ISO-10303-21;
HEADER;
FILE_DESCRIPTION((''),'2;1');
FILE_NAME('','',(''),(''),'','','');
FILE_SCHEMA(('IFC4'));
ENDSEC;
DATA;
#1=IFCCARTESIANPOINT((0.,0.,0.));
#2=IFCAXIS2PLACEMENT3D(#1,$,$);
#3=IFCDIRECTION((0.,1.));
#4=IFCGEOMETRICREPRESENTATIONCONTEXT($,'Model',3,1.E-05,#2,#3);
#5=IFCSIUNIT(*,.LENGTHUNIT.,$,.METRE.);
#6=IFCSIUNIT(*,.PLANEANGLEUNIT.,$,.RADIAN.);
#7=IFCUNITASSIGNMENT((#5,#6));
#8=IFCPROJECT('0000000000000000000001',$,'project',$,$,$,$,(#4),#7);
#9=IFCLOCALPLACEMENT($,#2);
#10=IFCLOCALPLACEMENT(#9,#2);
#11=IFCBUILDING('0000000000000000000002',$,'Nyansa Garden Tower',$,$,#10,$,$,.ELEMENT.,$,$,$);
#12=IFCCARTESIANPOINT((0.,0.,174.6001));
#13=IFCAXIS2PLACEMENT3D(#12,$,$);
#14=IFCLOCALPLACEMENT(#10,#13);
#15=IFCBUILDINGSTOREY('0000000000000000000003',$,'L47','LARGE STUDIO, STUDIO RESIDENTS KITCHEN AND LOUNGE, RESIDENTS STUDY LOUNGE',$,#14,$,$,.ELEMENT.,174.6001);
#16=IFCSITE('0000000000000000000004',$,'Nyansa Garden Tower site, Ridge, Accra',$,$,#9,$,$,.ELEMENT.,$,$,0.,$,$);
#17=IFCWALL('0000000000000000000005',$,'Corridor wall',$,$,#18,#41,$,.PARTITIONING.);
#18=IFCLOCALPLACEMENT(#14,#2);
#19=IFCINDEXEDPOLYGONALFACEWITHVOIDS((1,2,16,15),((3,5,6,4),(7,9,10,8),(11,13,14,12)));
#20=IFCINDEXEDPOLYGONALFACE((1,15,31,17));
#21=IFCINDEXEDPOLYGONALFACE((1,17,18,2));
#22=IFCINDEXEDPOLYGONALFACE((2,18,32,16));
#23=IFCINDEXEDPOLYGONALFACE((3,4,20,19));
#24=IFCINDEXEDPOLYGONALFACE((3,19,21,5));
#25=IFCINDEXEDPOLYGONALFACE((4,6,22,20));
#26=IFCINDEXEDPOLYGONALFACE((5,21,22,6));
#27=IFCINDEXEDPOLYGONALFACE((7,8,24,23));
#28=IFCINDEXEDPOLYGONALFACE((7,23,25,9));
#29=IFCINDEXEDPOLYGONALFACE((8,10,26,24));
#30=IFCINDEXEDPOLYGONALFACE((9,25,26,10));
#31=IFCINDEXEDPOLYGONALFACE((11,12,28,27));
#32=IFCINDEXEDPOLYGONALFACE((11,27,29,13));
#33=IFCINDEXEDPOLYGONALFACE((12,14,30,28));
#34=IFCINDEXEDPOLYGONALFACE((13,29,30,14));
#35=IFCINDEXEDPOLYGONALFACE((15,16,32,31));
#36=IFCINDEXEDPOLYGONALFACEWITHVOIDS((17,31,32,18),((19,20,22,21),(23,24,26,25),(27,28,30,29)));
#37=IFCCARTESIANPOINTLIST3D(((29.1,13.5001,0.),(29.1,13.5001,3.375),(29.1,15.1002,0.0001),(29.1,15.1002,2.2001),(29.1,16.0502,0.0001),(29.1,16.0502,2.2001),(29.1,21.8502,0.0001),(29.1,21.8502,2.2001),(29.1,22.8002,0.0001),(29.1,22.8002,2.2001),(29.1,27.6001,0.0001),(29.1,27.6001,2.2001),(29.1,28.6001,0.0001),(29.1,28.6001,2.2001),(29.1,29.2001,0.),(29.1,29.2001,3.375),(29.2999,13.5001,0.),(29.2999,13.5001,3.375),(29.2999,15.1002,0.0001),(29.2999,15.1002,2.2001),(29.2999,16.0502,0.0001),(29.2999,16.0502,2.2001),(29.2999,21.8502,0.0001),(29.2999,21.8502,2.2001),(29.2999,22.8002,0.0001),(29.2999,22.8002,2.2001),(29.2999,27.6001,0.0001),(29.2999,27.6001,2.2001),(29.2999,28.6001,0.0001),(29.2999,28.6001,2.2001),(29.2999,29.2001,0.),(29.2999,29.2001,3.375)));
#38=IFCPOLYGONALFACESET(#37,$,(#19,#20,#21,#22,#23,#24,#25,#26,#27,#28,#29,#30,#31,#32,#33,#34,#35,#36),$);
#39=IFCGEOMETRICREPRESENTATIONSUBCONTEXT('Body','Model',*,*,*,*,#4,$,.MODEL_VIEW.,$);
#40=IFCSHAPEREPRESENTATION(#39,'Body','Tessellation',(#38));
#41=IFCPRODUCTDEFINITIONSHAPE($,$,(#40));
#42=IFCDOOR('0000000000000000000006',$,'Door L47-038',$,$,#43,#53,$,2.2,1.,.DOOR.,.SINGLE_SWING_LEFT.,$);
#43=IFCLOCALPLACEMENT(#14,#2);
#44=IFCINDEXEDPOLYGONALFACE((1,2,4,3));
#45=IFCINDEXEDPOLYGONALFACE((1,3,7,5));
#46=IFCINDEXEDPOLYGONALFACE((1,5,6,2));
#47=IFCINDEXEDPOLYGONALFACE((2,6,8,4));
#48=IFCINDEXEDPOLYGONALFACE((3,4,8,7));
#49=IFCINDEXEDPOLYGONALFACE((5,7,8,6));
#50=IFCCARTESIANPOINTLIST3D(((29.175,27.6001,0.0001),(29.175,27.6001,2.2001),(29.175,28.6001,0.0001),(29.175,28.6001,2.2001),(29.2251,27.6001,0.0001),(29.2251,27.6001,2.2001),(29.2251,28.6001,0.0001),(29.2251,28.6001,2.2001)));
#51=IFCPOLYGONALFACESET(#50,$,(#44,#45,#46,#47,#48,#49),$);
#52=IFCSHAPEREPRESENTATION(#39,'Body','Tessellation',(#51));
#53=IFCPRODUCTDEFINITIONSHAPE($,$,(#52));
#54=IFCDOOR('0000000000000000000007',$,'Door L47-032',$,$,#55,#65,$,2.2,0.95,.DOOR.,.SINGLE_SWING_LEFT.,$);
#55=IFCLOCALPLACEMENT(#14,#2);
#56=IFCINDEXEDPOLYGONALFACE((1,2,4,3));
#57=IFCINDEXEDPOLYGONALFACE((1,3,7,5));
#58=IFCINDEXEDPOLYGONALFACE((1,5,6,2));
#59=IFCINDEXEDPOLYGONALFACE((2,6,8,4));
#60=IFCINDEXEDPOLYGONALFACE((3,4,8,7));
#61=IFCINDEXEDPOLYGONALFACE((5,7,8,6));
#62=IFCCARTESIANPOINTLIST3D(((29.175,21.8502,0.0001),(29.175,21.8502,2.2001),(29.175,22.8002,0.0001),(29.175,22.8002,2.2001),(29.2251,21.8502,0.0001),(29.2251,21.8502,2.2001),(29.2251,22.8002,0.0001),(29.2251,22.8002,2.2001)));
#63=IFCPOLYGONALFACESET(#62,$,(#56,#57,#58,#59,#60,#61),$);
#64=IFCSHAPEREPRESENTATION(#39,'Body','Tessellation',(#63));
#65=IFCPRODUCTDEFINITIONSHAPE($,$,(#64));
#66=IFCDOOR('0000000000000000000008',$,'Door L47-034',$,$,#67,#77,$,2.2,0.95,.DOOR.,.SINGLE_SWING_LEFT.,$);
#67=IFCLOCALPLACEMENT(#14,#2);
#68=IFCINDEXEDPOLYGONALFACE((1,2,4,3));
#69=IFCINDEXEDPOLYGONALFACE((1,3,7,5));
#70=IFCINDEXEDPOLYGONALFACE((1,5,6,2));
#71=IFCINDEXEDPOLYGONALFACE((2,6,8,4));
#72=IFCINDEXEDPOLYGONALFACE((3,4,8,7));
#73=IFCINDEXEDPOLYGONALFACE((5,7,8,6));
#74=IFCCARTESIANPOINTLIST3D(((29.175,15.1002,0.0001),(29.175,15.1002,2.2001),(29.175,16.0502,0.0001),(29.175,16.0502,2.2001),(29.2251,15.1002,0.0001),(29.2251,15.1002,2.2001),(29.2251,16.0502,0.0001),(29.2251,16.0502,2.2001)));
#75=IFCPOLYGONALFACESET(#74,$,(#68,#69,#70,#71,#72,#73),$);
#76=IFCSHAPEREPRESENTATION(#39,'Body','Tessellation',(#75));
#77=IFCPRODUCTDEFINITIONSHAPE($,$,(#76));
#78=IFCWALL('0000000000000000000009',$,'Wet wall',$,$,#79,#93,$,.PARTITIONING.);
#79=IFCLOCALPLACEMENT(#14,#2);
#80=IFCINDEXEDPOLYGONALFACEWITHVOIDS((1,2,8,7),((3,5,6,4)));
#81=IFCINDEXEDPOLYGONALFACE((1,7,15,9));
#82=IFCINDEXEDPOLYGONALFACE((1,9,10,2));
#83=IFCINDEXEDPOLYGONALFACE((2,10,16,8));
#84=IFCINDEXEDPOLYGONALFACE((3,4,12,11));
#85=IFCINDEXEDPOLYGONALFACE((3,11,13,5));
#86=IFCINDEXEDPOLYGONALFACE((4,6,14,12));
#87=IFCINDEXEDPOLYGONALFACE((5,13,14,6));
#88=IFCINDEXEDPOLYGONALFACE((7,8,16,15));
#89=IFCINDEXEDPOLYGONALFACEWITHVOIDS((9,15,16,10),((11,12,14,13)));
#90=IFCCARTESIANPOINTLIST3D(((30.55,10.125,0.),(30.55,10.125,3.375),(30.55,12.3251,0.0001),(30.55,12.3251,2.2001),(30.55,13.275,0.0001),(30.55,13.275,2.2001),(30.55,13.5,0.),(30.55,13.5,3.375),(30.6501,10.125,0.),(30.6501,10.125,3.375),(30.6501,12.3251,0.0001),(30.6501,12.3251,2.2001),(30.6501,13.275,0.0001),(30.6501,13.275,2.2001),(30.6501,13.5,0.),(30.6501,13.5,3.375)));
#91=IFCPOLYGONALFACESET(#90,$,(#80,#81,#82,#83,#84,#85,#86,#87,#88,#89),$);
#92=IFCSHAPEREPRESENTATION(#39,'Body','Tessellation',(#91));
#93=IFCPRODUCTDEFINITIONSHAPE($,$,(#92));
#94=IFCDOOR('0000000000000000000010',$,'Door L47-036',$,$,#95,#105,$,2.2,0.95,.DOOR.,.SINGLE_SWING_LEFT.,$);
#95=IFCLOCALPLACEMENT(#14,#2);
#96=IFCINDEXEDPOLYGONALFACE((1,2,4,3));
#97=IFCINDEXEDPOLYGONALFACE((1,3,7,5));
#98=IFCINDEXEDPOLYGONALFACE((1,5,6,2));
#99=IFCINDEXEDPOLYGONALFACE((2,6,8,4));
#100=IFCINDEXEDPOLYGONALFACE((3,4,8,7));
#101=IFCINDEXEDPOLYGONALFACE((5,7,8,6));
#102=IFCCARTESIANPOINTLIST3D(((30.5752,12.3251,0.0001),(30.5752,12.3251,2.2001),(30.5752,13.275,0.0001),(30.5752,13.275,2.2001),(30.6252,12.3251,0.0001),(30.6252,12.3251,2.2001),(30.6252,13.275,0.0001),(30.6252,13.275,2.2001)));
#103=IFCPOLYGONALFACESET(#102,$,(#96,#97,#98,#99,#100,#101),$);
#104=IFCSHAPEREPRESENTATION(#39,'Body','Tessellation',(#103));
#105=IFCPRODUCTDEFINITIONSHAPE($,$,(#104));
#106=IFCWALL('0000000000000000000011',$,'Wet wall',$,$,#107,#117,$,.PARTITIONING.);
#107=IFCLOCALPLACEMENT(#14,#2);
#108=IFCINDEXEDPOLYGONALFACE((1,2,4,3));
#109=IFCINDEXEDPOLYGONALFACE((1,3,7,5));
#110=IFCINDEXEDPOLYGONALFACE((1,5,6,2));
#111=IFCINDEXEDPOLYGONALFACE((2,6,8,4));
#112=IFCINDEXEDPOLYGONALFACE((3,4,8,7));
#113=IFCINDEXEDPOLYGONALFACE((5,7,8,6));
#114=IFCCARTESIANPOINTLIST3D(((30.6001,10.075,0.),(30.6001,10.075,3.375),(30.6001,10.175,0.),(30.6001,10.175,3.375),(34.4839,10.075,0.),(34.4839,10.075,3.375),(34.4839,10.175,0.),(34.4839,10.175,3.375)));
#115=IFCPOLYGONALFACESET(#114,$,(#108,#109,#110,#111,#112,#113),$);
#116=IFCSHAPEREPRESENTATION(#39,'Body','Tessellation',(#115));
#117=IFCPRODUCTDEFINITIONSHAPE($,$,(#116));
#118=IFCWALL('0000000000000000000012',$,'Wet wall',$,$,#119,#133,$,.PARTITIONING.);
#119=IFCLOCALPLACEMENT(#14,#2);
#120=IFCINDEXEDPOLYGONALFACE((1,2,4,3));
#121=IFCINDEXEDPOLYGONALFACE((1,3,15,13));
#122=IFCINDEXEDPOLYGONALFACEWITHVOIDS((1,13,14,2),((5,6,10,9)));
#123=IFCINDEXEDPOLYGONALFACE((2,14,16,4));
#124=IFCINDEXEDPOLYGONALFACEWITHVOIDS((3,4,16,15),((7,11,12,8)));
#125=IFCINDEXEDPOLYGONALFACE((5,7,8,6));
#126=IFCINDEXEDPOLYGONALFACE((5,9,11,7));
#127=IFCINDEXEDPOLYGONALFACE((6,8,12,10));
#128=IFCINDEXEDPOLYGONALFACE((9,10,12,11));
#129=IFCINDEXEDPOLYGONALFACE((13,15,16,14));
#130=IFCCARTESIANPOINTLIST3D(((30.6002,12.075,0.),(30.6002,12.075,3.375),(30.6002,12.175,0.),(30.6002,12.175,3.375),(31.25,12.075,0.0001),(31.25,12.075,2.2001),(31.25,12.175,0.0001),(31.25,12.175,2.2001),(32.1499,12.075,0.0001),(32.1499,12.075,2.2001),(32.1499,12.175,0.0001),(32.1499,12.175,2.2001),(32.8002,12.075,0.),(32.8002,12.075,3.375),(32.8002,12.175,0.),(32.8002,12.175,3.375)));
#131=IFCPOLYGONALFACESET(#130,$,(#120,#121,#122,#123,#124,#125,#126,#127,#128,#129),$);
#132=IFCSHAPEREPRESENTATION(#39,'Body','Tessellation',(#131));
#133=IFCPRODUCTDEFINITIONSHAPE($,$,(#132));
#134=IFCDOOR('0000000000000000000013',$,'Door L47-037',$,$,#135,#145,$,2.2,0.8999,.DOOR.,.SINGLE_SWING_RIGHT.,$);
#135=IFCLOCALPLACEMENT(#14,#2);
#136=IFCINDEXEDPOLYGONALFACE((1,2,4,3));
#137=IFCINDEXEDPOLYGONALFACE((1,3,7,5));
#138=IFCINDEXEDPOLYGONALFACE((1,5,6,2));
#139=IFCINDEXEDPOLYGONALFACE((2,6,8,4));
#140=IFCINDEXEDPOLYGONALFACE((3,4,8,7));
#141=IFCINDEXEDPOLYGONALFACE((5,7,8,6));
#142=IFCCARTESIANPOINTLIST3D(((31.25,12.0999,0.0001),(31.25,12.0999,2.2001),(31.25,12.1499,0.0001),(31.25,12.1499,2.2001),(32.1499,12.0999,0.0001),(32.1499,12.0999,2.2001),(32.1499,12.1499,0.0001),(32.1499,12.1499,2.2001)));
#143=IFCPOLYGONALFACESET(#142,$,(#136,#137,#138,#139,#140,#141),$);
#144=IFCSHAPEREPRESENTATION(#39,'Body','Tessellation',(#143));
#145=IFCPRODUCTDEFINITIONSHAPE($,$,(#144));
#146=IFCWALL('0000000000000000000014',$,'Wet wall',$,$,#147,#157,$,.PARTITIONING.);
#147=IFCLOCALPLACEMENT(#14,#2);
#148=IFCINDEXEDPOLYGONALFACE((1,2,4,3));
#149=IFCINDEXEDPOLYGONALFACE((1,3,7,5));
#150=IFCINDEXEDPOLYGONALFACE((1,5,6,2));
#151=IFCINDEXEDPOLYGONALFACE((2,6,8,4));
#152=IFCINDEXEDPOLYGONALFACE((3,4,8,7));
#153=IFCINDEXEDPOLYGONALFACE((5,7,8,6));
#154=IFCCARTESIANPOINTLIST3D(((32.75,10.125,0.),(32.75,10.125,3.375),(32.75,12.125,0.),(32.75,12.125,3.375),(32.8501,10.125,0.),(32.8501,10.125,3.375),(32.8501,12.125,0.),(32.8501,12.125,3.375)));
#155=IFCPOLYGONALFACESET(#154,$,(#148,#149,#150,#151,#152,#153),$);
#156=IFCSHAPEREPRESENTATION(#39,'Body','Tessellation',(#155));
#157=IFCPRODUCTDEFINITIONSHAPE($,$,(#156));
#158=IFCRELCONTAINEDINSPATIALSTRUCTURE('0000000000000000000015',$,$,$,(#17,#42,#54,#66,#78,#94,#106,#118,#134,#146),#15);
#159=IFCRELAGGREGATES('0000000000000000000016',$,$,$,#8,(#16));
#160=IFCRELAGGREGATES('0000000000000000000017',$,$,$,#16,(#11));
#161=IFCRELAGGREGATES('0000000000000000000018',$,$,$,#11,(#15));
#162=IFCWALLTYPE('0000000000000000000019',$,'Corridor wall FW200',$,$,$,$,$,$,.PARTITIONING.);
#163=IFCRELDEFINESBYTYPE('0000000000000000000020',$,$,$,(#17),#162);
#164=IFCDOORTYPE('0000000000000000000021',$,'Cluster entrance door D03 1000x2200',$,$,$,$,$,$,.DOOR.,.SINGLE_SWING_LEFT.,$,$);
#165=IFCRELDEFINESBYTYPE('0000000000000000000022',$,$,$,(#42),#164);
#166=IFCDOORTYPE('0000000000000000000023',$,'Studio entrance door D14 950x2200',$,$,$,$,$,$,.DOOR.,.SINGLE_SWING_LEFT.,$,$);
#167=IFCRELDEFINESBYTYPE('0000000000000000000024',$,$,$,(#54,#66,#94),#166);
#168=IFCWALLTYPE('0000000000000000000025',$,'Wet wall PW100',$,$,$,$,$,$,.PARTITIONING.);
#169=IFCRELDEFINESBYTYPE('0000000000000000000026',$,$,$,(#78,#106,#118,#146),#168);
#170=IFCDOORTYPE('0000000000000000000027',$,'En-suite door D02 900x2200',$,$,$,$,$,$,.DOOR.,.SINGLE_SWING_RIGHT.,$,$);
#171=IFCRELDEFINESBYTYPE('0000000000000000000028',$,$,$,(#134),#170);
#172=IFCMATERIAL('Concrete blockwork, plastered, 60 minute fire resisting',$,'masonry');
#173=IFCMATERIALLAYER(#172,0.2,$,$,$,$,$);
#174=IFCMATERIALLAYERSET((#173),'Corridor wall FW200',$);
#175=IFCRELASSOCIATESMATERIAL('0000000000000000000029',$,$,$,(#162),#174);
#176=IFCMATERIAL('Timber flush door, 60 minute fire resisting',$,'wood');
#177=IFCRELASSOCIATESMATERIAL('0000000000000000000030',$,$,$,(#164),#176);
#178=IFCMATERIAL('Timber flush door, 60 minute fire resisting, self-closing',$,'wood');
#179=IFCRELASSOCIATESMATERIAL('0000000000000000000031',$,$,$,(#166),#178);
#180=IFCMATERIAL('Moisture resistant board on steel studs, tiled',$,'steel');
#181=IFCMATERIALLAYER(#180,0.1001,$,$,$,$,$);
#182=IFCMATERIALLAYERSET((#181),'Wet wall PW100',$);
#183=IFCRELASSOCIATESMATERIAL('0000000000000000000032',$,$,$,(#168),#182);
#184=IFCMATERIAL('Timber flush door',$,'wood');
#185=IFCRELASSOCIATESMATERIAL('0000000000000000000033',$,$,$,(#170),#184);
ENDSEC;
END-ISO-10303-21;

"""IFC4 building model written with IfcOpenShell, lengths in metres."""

from ifc_helpers import new_model, si_unit, direction, frame, frame_2d, origin, place, context, subcontext, project, spatial, rectangle, extrude, material, layer, layer_set, type_object, element, fill, save


model = new_model("IFC4")

# Units and contexts
model_context = context("Model", 3, precision=1e-05, world=origin(), true_north=direction((0.0, 1.0)))
body_context = subcontext(model_context, "Body", "Model", "MODEL_VIEW")
ifc_project = project(units=[si_unit("LENGTHUNIT", "METRE"), si_unit("PLANEANGLEUNIT", "RADIAN")], contexts=[model_context])

# Site, building, storey
site_placement = place(None, origin())
site = spatial("IfcSite", under=ifc_project, at=site_placement, Name="Nyansa Garden Tower site, Ridge, Accra", CompositionType="ELEMENT", RefElevation=0.0)
building_placement = place(site_placement, origin())
building = spatial("IfcBuilding", under=site, at=building_placement, Name="Nyansa Garden Tower", CompositionType="ELEMENT")
storey_placement = place(building_placement, frame((0.0, 0.0, 174.6001)))
storey = spatial("IfcBuildingStorey", under=building, at=storey_placement, Name="L47", Description="LARGE STUDIO, STUDIO RESIDENTS KITCHEN AND LOUNGE, RESIDENTS STUDY LOUNGE", CompositionType="ELEMENT", Elevation=174.6001)

# Wall, openings, doors
ifc_material_1 = material(Name="Concrete blockwork, plastered, 60 minute fire resisting", Category="masonry")
ifc_layer_1 = layer(ifc_material_1, 0.2)
ifc_layer_set_1 = layer_set([ifc_layer_1], Name="Corridor wall FW200")
wall_type_1 = type_object("IfcWallType", Name="Corridor wall FW200", PredefinedType="PARTITIONING", material=ifc_layer_set_1)
wall_1_placement = place(storey_placement, frame((29.2, 13.5, 0.0), z_axis=(0.0, 0.0, 1.0), x_axis=(0.0, 1.0, 0.0)))
wall_1 = element("IfcWall", 1, at=wall_1_placement, inside=storey, type_object=wall_type_1, Name="Corridor wall", PredefinedType="PARTITIONING", context=body_context, shape_type="SweptSolid", body=[
    extrude(rectangle(XDim=15.7, YDim=0.2, at=frame_2d((7.8501, 0.0))), origin(), (0.0, 0.0, 1.0), 3.375),
])
opening_1_placement = place(wall_1_placement, frame((8.3501, 0.0, 0.0)))
opening_1 = element("IfcOpeningElement", 2, at=opening_1_placement, cuts=wall_1, PredefinedType="OPENING", context=body_context, shape_type="SweptSolid", body=[
    extrude(rectangle(XDim=0.95, YDim=2.2, at=frame_2d((0.4751, 1.1001))), frame((0.0, 0.1099, 0.0), z_axis=(0.0, -1.0, 0.0), x_axis=(1.0, 0.0, 0.0)), (0.0, 0.0, 1.0), 0.22),
])
opening_2_placement = place(wall_1_placement, frame((1.6001, 0.0, 0.0)))
opening_2 = element("IfcOpeningElement", 3, at=opening_2_placement, cuts=wall_1, PredefinedType="OPENING", context=body_context, shape_type="SweptSolid", body=[
    extrude(rectangle(XDim=0.95, YDim=2.2, at=frame_2d((0.4751, 1.1001))), frame((0.0, 0.1099, 0.0), z_axis=(0.0, -1.0, 0.0), x_axis=(1.0, 0.0, 0.0)), (0.0, 0.0, 1.0), 0.22),
])
opening_3_placement = place(wall_1_placement, frame((14.1001, 0.0, 0.0)))
opening_3 = element("IfcOpeningElement", 4, at=opening_3_placement, cuts=wall_1, PredefinedType="OPENING", context=body_context, shape_type="SweptSolid", body=[
    extrude(rectangle(XDim=1.0, YDim=2.2, at=frame_2d((0.5, 1.1001))), frame((0.0, 0.1099, 0.0), z_axis=(0.0, -1.0, 0.0), x_axis=(1.0, 0.0, 0.0)), (0.0, 0.0, 1.0), 0.22),
])
ifc_material_2 = material(Name="Timber flush door, 60 minute fire resisting", Category="wood")
door_type_1 = type_object("IfcDoorType", Name="Cluster entrance door D03 1000x2200", OperationType="SINGLE_SWING_LEFT", PredefinedType="DOOR", material=ifc_material_2)
door_1_placement = place(opening_3_placement, origin())
door_1 = element("IfcDoor", 5, at=door_1_placement, inside=storey, type_object=door_type_1, Name="Door L47-038", OperationType="SINGLE_SWING_LEFT", OverallHeight=2.2, OverallWidth=1.0, PredefinedType="DOOR", context=body_context, shape_type="SweptSolid", body=[
    extrude(rectangle(XDim=1.0, YDim=2.2, at=frame_2d((0.5, 1.1001))), frame((0.0, 0.0249, 0.0), z_axis=(0.0, -1.0, 0.0), x_axis=(1.0, 0.0, 0.0)), (0.0, 0.0, 1.0), 0.05),
])
fill(opening_3, door_1)
ifc_material_3 = material(Name="Timber flush door, 60 minute fire resisting, self-closing", Category="wood")
door_type_2 = type_object("IfcDoorType", Name="Studio entrance door D14 950x2200", OperationType="SINGLE_SWING_LEFT", PredefinedType="DOOR", material=ifc_material_3)
door_2_placement = place(opening_1_placement, origin())
door_2 = element("IfcDoor", 6, at=door_2_placement, inside=storey, type_object=door_type_2, Name="Door L47-032", OperationType="SINGLE_SWING_LEFT", OverallHeight=2.2, OverallWidth=0.95, PredefinedType="DOOR", context=body_context, shape_type="SweptSolid", body=[
    extrude(rectangle(XDim=0.95, YDim=2.2, at=frame_2d((0.4751, 1.1001))), frame((0.0, 0.0249, 0.0), z_axis=(0.0, -1.0, 0.0), x_axis=(1.0, 0.0, 0.0)), (0.0, 0.0, 1.0), 0.05),
])
fill(opening_1, door_2)
door_3_placement = place(opening_2_placement, origin())
door_3 = element("IfcDoor", 7, at=door_3_placement, inside=storey, type_object=door_type_2, Name="Door L47-034", OperationType="SINGLE_SWING_LEFT", OverallHeight=2.2, OverallWidth=0.95, PredefinedType="DOOR", context=body_context, shape_type="SweptSolid", body=[
    extrude(rectangle(XDim=0.95, YDim=2.2, at=frame_2d((0.4751, 1.1001))), frame((0.0, 0.0249, 0.0), z_axis=(0.0, -1.0, 0.0), x_axis=(1.0, 0.0, 0.0)), (0.0, 0.0, 1.0), 0.05),
])
fill(opening_2, door_3)

# Wall, opening, door
ifc_material_4 = material(Name="Moisture resistant board on steel studs, tiled", Category="steel")
ifc_layer_2 = layer(ifc_material_4, 0.1001)
ifc_layer_set_2 = layer_set([ifc_layer_2], Name="Wet wall PW100")
wall_type_2 = type_object("IfcWallType", Name="Wet wall PW100", PredefinedType="PARTITIONING", material=ifc_layer_set_2)
wall_2_placement = place(storey_placement, frame((30.6001, 10.125, 0.0), z_axis=(0.0, 0.0, 1.0), x_axis=(0.0, 1.0, 0.0)))
wall_2 = element("IfcWall", 8, at=wall_2_placement, inside=storey, type_object=wall_type_2, Name="Wet wall", PredefinedType="PARTITIONING", context=body_context, shape_type="SweptSolid", body=[
    extrude(rectangle(XDim=3.375, YDim=0.1001, at=frame_2d((1.6875, 0.0))), origin(), (0.0, 0.0, 1.0), 3.375),
])
opening_4_placement = place(wall_2_placement, frame((2.2, 0.0, 0.0)))
opening_4 = element("IfcOpeningElement", 9, at=opening_4_placement, cuts=wall_2, PredefinedType="OPENING", context=body_context, shape_type="SweptSolid", body=[
    extrude(rectangle(XDim=0.95, YDim=2.2, at=frame_2d((0.4751, 1.1001))), frame((0.0, 0.0601, 0.0), z_axis=(0.0, -1.0, 0.0), x_axis=(1.0, 0.0, 0.0)), (0.0, 0.0, 1.0), 0.1201),
])
door_4_placement = place(opening_4_placement, origin())
door_4 = element("IfcDoor", 10, at=door_4_placement, inside=storey, type_object=door_type_2, Name="Door L47-036", OperationType="SINGLE_SWING_LEFT", OverallHeight=2.2, OverallWidth=0.95, PredefinedType="DOOR", context=body_context, shape_type="SweptSolid", body=[
    extrude(rectangle(XDim=0.95, YDim=2.2, at=frame_2d((0.4751, 1.1001))), frame((0.0, 0.0249, 0.0), z_axis=(0.0, -1.0, 0.0), x_axis=(1.0, 0.0, 0.0)), (0.0, 0.0, 1.0), 0.05),
])
fill(opening_4, door_4)

# Wall
wall_3_placement = place(storey_placement, frame((30.6001, 10.125, 0.0), z_axis=(0.0, 0.0, 1.0), x_axis=(1.0, 0.0, 0.0)))
element("IfcWall", 11, at=wall_3_placement, inside=storey, type_object=wall_type_2, Name="Wet wall", PredefinedType="PARTITIONING", context=body_context, shape_type="SweptSolid", body=[
    extrude(rectangle(XDim=3.8838, YDim=0.1001, at=frame_2d((1.9419, 0.0))), origin(), (0.0, 0.0, 1.0), 3.375),
])

# Wall, opening, door
wall_4_placement = place(storey_placement, frame((30.6001, 12.125, 0.0), z_axis=(0.0, 0.0, 1.0), x_axis=(1.0, 0.0, 0.0)))
wall_4 = element("IfcWall", 12, at=wall_4_placement, inside=storey, type_object=wall_type_2, Name="Wet wall", PredefinedType="PARTITIONING", context=body_context, shape_type="SweptSolid", body=[
    extrude(rectangle(XDim=2.2, YDim=0.1001, at=frame_2d((1.1001, 0.0))), origin(), (0.0, 0.0, 1.0), 3.375),
])
opening_5_placement = place(wall_4_placement, frame((0.6499, 0.0, 0.0)))
opening_5 = element("IfcOpeningElement", 13, at=opening_5_placement, cuts=wall_4, PredefinedType="OPENING", context=body_context, shape_type="SweptSolid", body=[
    extrude(rectangle(XDim=0.8999, YDim=2.2, at=frame_2d((0.45, 1.1001))), frame((0.0, 0.0601, 0.0), z_axis=(0.0, -1.0, 0.0), x_axis=(1.0, 0.0, 0.0)), (0.0, 0.0, 1.0), 0.1201),
])
ifc_material_5 = material(Name="Timber flush door", Category="wood")
door_type_3 = type_object("IfcDoorType", Name="En-suite door D02 900x2200", OperationType="SINGLE_SWING_RIGHT", PredefinedType="DOOR", material=ifc_material_5)
door_5_placement = place(opening_5_placement, origin())
door_5 = element("IfcDoor", 14, at=door_5_placement, inside=storey, type_object=door_type_3, Name="Door L47-037", OperationType="SINGLE_SWING_RIGHT", OverallHeight=2.2, OverallWidth=0.8999, PredefinedType="DOOR", context=body_context, shape_type="SweptSolid", body=[
    extrude(rectangle(XDim=0.8999, YDim=2.2, at=frame_2d((0.45, 1.1001))), frame((0.0, 0.0249, 0.0), z_axis=(0.0, -1.0, 0.0), x_axis=(1.0, 0.0, 0.0)), (0.0, 0.0, 1.0), 0.05),
])
fill(opening_5, door_5)

# Wall
wall_5_placement = place(storey_placement, frame((32.8, 10.125, 0.0), z_axis=(0.0, 0.0, 1.0), x_axis=(0.0, 1.0, 0.0)))
element("IfcWall", 15, at=wall_5_placement, inside=storey, type_object=wall_type_2, Name="Wet wall", PredefinedType="PARTITIONING", context=body_context, shape_type="SweptSolid", body=[
    extrude(rectangle(XDim=2.0, YDim=0.1001, at=frame_2d((1.0, 0.0))), origin(), (0.0, 0.0, 1.0), 3.375),
])

save(model, "model.ifc")
